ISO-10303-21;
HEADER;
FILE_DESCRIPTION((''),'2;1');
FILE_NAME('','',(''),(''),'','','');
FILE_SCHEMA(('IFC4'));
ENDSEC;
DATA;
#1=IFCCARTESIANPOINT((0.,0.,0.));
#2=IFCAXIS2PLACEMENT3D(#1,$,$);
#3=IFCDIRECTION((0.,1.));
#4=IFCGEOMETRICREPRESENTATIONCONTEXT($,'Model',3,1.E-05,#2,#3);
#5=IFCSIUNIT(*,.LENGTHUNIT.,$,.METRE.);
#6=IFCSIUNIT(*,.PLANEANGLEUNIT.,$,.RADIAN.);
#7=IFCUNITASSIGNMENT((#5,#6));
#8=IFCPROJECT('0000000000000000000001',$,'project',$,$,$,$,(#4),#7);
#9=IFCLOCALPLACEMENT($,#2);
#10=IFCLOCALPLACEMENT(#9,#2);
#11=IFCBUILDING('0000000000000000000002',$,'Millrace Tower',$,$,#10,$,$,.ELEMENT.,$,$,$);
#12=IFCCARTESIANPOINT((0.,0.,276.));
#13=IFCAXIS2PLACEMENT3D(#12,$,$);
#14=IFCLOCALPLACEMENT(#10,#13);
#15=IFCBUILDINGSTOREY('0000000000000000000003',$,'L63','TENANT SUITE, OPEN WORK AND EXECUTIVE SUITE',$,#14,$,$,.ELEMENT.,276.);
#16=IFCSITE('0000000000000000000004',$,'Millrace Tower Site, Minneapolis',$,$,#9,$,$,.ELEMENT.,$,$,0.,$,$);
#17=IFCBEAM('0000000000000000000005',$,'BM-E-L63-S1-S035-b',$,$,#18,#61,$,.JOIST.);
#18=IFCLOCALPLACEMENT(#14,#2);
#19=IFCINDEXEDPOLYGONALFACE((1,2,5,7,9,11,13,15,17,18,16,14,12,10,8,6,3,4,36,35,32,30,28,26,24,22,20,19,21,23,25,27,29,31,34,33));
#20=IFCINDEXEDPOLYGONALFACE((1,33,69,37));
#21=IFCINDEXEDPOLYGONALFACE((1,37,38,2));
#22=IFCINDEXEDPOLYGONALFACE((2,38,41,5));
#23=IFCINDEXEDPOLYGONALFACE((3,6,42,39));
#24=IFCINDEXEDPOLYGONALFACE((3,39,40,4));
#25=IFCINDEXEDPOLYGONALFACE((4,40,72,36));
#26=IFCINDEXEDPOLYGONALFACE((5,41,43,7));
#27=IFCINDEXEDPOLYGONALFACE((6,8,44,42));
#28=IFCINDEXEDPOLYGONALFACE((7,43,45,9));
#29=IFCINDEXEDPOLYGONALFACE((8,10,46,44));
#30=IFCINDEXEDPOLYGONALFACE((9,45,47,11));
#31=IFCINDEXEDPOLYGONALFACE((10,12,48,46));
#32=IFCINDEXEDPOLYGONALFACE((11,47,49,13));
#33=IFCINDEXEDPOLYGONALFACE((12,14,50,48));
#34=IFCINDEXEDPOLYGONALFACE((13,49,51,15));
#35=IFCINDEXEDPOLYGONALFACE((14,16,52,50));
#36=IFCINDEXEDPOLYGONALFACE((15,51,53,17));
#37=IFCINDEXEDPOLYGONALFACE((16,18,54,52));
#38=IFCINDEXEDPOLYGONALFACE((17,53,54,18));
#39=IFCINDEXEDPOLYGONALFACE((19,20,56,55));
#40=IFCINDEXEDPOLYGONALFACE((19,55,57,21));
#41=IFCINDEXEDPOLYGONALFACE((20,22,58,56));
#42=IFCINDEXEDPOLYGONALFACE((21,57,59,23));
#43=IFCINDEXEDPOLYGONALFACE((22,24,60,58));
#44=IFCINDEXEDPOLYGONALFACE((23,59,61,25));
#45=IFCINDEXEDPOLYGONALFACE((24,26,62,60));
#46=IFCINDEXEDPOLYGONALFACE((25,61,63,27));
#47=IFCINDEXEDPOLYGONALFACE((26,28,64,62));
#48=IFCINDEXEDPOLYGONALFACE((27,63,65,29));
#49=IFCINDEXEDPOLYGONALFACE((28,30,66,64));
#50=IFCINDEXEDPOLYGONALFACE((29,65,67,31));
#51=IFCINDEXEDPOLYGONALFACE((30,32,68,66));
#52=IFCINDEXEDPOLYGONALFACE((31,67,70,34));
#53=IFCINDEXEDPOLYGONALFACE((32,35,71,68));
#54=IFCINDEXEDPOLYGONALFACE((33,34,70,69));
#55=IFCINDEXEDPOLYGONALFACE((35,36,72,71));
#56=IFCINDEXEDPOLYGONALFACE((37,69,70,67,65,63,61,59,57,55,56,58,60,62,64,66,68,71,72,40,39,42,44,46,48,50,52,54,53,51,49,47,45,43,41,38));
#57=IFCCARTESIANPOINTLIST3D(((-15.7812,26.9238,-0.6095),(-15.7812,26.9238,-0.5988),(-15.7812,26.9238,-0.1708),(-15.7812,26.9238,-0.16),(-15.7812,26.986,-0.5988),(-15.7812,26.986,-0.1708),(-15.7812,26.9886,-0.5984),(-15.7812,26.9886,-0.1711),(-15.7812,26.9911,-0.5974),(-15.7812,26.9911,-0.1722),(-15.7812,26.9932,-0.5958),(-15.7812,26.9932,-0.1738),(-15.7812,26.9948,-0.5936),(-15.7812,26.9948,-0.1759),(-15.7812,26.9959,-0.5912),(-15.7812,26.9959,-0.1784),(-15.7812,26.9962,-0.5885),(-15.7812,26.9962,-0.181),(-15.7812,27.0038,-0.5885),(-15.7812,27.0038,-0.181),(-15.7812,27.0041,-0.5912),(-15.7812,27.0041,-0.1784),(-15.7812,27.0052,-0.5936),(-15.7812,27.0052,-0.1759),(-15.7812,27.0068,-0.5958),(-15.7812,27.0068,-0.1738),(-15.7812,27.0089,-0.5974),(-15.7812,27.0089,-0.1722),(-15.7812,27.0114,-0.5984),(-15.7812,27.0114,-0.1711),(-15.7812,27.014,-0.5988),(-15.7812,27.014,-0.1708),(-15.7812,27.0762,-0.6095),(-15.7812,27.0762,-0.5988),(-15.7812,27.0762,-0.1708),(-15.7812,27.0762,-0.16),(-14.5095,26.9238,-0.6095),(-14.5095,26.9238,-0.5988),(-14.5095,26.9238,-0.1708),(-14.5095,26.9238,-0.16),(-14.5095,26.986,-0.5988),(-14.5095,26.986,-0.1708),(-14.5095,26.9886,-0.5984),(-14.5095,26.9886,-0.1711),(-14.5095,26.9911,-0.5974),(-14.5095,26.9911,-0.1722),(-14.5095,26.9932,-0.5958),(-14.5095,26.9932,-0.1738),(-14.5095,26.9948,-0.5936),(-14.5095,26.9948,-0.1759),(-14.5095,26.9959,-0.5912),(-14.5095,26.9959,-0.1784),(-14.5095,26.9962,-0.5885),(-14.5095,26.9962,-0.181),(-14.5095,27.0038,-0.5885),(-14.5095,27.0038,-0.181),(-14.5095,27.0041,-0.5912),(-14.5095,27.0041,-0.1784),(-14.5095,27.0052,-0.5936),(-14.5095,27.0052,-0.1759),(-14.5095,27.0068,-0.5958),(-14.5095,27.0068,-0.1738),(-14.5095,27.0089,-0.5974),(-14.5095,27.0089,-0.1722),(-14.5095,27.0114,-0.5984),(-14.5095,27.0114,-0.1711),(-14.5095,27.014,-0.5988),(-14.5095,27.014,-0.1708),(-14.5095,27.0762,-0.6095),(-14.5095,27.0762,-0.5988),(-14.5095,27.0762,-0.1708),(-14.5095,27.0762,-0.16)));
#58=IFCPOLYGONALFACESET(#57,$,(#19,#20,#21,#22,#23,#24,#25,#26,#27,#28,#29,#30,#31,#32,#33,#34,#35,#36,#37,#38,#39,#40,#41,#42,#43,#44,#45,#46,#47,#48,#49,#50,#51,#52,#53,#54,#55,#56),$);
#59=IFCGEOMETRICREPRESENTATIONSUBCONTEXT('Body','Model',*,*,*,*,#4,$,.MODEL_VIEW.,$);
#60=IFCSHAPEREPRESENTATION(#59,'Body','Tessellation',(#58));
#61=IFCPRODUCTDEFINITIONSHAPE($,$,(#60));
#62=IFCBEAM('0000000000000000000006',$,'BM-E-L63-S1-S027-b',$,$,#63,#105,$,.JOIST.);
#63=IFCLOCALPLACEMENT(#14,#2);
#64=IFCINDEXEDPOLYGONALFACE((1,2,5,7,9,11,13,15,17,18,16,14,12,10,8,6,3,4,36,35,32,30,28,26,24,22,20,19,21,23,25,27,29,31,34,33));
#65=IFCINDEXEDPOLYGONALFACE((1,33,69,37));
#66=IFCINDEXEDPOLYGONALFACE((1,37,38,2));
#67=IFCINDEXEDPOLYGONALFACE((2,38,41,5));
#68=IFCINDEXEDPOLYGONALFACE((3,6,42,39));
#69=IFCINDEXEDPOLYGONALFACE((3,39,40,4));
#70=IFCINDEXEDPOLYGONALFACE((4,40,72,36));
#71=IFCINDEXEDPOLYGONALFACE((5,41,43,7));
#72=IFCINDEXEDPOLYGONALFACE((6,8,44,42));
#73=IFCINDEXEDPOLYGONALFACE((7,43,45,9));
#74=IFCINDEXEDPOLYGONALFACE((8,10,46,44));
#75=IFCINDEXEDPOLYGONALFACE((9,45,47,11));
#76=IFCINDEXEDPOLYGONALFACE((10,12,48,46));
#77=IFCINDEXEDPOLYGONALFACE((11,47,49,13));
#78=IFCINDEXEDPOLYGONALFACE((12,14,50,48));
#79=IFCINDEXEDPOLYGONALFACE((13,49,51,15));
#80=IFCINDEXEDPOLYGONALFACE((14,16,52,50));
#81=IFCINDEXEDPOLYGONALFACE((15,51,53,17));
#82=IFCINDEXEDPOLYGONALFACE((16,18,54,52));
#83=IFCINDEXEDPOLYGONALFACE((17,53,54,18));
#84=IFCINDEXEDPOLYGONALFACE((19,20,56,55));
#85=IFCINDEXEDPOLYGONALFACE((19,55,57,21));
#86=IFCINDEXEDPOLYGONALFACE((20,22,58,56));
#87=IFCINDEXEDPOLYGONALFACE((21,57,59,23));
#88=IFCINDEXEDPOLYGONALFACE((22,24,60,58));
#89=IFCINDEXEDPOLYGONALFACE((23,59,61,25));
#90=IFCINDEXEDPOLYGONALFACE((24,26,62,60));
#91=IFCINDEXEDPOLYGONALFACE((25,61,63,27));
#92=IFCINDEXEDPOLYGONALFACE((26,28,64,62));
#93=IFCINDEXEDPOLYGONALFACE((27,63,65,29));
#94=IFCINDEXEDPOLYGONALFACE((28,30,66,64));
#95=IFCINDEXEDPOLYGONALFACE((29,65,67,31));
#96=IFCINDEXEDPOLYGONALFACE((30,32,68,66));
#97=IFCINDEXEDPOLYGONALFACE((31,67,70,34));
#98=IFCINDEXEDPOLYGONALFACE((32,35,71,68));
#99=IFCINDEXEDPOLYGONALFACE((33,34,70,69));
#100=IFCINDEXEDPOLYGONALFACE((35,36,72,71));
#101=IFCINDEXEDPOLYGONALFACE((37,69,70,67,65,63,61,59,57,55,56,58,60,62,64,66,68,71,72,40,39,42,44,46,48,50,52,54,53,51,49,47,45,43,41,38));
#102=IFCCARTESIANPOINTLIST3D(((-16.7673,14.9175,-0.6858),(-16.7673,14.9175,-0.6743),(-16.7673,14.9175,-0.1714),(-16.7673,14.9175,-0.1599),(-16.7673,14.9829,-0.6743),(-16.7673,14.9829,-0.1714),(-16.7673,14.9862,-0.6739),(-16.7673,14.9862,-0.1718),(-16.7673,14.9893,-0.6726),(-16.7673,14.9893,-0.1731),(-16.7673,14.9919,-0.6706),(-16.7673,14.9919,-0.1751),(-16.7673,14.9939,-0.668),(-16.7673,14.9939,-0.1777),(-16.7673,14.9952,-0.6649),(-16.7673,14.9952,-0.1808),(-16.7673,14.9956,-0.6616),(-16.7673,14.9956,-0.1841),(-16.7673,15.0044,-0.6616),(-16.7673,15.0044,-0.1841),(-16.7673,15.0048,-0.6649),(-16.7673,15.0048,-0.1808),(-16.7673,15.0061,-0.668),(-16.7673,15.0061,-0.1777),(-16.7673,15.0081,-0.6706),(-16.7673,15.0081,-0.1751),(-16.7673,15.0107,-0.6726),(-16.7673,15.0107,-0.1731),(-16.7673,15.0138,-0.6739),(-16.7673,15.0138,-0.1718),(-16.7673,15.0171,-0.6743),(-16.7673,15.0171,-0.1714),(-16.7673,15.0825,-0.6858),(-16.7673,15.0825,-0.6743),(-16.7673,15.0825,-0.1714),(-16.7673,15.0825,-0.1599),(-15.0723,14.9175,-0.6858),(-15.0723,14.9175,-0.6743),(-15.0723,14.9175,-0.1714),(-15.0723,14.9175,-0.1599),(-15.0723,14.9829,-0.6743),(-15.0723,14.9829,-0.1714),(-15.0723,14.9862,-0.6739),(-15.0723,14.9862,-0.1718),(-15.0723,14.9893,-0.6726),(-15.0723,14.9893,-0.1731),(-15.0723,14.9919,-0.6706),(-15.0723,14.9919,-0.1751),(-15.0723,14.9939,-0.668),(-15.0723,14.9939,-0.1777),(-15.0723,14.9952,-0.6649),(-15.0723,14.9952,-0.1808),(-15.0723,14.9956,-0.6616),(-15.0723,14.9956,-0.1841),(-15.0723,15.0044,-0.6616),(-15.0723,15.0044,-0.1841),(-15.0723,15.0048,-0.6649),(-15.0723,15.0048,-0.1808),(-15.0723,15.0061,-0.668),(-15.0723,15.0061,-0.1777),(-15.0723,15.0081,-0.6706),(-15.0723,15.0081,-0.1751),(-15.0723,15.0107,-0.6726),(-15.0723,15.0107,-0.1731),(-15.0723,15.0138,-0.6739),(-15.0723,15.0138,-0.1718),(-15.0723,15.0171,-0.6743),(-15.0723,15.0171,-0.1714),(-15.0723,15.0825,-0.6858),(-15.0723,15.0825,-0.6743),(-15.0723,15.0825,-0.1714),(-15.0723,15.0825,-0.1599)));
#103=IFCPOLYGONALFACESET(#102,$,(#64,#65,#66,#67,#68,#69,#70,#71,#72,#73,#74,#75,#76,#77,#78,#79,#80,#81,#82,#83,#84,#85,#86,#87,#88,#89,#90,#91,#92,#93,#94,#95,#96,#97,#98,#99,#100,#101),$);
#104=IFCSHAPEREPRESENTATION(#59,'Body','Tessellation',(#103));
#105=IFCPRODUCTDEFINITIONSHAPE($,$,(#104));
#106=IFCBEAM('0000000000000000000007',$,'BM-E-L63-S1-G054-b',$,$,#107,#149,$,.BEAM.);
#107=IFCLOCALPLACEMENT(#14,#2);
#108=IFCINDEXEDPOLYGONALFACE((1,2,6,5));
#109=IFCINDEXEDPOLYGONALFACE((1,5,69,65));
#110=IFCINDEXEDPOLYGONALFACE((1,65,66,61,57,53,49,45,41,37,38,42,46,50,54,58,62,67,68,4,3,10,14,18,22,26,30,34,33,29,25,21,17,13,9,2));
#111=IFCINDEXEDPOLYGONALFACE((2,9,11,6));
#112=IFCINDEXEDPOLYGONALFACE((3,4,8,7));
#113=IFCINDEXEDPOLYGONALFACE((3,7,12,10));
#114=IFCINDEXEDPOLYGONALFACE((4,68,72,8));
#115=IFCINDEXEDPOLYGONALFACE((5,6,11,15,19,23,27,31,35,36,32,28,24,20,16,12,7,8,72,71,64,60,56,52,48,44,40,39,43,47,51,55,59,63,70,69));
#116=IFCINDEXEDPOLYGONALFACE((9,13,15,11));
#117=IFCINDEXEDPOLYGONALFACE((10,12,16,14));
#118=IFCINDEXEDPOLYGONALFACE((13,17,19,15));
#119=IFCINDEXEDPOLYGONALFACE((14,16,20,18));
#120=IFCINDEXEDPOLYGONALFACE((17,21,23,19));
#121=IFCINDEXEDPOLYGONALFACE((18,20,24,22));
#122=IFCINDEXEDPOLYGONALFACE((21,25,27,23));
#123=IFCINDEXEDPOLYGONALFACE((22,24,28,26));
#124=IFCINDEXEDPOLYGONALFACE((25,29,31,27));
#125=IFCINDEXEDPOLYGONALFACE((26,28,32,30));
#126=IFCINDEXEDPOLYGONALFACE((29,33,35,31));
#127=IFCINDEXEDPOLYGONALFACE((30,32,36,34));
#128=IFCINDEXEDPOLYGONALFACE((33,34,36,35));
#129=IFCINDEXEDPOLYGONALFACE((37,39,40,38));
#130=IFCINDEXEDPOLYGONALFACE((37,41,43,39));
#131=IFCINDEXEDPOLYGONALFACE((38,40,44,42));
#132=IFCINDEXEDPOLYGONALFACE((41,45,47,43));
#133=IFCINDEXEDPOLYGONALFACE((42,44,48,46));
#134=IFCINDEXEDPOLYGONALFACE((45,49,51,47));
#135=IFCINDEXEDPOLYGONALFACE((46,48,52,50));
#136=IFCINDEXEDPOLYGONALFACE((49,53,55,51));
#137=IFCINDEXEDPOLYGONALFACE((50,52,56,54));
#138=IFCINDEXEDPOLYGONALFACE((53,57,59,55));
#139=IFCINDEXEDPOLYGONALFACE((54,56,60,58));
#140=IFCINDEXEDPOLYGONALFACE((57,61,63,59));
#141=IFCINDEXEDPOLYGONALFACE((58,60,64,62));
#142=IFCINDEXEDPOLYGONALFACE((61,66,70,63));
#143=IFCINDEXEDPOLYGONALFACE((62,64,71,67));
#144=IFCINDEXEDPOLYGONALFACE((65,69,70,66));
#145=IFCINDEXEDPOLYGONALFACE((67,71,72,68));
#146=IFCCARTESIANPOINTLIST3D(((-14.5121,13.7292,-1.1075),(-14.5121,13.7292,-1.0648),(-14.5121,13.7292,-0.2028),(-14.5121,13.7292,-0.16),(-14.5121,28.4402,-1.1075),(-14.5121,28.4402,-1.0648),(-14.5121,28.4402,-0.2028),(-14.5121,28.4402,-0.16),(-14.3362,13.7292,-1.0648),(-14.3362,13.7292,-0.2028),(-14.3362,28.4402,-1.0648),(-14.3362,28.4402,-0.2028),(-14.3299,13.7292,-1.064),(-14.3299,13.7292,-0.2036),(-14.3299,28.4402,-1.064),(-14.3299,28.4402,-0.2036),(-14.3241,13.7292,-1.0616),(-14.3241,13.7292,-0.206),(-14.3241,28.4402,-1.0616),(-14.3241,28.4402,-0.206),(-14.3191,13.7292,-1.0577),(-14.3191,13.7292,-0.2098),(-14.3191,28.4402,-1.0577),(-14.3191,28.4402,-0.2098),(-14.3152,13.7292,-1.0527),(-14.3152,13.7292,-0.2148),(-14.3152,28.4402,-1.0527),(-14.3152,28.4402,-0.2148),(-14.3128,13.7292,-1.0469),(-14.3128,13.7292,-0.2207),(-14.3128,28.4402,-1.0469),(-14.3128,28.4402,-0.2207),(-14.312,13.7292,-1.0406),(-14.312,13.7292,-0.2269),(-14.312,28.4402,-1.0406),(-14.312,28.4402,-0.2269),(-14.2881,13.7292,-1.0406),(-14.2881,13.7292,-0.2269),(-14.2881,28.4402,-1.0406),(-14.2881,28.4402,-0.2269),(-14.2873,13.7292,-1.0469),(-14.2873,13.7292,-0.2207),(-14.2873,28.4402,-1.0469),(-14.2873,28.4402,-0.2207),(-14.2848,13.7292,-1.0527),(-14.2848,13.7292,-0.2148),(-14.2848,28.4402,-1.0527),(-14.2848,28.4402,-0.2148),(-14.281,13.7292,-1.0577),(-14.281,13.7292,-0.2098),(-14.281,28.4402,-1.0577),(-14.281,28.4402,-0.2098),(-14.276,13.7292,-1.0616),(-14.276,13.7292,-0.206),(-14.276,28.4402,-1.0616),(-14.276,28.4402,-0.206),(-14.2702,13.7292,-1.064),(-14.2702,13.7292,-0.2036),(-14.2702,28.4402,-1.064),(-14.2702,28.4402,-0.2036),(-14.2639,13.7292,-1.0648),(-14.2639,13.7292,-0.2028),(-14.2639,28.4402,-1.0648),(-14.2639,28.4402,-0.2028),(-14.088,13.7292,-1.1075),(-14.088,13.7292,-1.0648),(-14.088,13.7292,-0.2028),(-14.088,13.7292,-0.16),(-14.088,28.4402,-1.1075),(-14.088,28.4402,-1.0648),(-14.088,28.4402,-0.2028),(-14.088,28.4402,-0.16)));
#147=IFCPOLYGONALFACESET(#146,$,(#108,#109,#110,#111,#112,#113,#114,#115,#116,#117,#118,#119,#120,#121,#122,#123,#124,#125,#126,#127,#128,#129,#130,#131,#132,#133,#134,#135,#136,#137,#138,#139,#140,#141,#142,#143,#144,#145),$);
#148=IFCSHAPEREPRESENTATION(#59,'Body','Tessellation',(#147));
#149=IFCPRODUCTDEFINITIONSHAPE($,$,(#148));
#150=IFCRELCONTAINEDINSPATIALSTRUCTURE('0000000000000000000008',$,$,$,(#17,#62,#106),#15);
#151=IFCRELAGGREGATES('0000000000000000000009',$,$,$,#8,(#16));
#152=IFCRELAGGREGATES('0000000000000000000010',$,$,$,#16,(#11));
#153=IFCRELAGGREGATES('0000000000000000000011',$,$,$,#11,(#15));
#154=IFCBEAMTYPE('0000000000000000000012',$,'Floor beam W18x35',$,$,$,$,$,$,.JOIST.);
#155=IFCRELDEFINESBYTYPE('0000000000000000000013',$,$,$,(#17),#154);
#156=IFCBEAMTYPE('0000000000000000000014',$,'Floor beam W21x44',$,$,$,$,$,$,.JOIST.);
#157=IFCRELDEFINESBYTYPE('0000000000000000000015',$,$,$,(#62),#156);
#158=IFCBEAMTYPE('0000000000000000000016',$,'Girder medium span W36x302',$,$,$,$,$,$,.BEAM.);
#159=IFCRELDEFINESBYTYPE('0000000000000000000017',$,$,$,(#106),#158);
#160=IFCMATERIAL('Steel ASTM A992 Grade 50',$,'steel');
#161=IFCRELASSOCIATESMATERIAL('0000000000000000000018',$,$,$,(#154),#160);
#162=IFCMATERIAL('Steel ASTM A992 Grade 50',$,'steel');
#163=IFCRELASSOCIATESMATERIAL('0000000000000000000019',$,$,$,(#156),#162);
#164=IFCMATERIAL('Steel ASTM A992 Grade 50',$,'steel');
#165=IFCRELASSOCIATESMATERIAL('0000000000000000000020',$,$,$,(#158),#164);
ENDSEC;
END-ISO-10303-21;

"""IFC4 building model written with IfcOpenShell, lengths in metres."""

from ifc_helpers import new_model, si_unit, direction, frame, origin, origin_2d, place, context, subcontext, project, spatial, i_section, extrude, material, material_profile, profile_set, type_object, element, save


model = new_model("IFC4")

# Units and contexts
model_context = context("Model", 3, precision=1e-05, world=origin(), true_north=direction((0.0, 1.0)))
body_context = subcontext(model_context, "Body", "Model", "MODEL_VIEW")
ifc_project = project(units=[si_unit("LENGTHUNIT", "METRE"), si_unit("PLANEANGLEUNIT", "RADIAN")], contexts=[model_context])

# Site, building, storey
site_placement = place(None, origin())
site = spatial("IfcSite", under=ifc_project, at=site_placement, Name="Millrace Tower Site, Minneapolis", CompositionType="ELEMENT", RefElevation=0.0)
building_placement = place(site_placement, origin())
building = spatial("IfcBuilding", under=site, at=building_placement, Name="Millrace Tower", CompositionType="ELEMENT")
storey_placement = place(building_placement, frame((0.0, 0.0, 276.0)))
storey = spatial("IfcBuildingStorey", under=building, at=storey_placement, Name="L63", Description="TENANT SUITE, OPEN WORK AND EXECUTIVE SUITE", CompositionType="ELEMENT", Elevation=276.0)

# Beams
ifc_material_1 = material(Name="Steel ASTM A992 Grade 50", Category="steel")
ifc_material_profile_1 = material_profile(ifc_material_1, i_section(OverallWidth=0.1523, OverallDepth=0.4495, WebThickness=0.0076, FlangeThickness=0.0107, FilletRadius=0.0103, at=origin_2d()))
ifc_profile_set_1 = profile_set([ifc_material_profile_1], Name="Steel ASTM A992 Grade 50")
beam_type_1 = type_object("IfcBeamType", Name="Floor beam W18x35", PredefinedType="JOIST", material=ifc_profile_set_1)
beam_1_placement = place(storey_placement, frame((-15.7812, 27.0, -0.3848), z_axis=(1.0, 0.0, 0.0), x_axis=(0.0, 1.0, 0.0)))
element("IfcBeam", 1, at=beam_1_placement, inside=storey, type_object=beam_type_1, Name="BM-E-L63-S1-S035-b", PredefinedType="JOIST", context=body_context, shape_type="SweptSolid", body=[
    extrude(i_section(OverallWidth=0.1523, OverallDepth=0.4495, WebThickness=0.0076, FlangeThickness=0.0107, FilletRadius=0.0103, at=origin_2d()), origin(), (0.0, 0.0, 1.0), 1.2717),
])
ifc_material_2 = material(Name="Steel ASTM A992 Grade 50", Category="steel")
ifc_material_profile_2 = material_profile(ifc_material_2, i_section(OverallWidth=0.165, OverallDepth=0.5259, WebThickness=0.0088, FlangeThickness=0.0115, FilletRadius=0.0127, at=origin_2d()))
ifc_profile_set_2 = profile_set([ifc_material_profile_2], Name="Steel ASTM A992 Grade 50")
beam_type_2 = type_object("IfcBeamType", Name="Floor beam W21x44", PredefinedType="JOIST", material=ifc_profile_set_2)
beam_2_placement = place(storey_placement, frame((-16.7673, 15.0, -0.4229), z_axis=(1.0, 0.0, 0.0), x_axis=(0.0, 1.0, 0.0)))
element("IfcBeam", 2, at=beam_2_placement, inside=storey, type_object=beam_type_2, Name="BM-E-L63-S1-S027-b", PredefinedType="JOIST", context=body_context, shape_type="SweptSolid", body=[
    extrude(i_section(OverallWidth=0.165, OverallDepth=0.5259, WebThickness=0.0088, FlangeThickness=0.0115, FilletRadius=0.0127, at=origin_2d()), origin(), (0.0, 0.0, 1.0), 1.6951),
])
ifc_material_3 = material(Name="Steel ASTM A992 Grade 50", Category="steel")
ifc_material_profile_3 = material_profile(ifc_material_3, i_section(OverallWidth=0.4241, OverallDepth=0.9475, WebThickness=0.0239, FlangeThickness=0.0427, FilletRadius=0.0242, at=origin_2d()))
ifc_profile_set_3 = profile_set([ifc_material_profile_3], Name="Steel ASTM A992 Grade 50")
beam_type_3 = type_object("IfcBeamType", Name="Girder medium span W36x302", PredefinedType="BEAM", material=ifc_profile_set_3)
beam_3_placement = place(storey_placement, frame((-14.3, 13.7292, -0.6338), z_axis=(0.0, 1.0, 0.0), x_axis=(-1.0, 0.0, 0.0)))
element("IfcBeam", 3, at=beam_3_placement, inside=storey, type_object=beam_type_3, Name="BM-E-L63-S1-G054-b", PredefinedType="BEAM", context=body_context, shape_type="SweptSolid", body=[
    extrude(i_section(OverallWidth=0.4241, OverallDepth=0.9475, WebThickness=0.0239, FlangeThickness=0.0427, FilletRadius=0.0242, at=origin_2d()), origin(), (0.0, 0.0, 1.0), 14.7109),
])

save(model, "model.ifc")
